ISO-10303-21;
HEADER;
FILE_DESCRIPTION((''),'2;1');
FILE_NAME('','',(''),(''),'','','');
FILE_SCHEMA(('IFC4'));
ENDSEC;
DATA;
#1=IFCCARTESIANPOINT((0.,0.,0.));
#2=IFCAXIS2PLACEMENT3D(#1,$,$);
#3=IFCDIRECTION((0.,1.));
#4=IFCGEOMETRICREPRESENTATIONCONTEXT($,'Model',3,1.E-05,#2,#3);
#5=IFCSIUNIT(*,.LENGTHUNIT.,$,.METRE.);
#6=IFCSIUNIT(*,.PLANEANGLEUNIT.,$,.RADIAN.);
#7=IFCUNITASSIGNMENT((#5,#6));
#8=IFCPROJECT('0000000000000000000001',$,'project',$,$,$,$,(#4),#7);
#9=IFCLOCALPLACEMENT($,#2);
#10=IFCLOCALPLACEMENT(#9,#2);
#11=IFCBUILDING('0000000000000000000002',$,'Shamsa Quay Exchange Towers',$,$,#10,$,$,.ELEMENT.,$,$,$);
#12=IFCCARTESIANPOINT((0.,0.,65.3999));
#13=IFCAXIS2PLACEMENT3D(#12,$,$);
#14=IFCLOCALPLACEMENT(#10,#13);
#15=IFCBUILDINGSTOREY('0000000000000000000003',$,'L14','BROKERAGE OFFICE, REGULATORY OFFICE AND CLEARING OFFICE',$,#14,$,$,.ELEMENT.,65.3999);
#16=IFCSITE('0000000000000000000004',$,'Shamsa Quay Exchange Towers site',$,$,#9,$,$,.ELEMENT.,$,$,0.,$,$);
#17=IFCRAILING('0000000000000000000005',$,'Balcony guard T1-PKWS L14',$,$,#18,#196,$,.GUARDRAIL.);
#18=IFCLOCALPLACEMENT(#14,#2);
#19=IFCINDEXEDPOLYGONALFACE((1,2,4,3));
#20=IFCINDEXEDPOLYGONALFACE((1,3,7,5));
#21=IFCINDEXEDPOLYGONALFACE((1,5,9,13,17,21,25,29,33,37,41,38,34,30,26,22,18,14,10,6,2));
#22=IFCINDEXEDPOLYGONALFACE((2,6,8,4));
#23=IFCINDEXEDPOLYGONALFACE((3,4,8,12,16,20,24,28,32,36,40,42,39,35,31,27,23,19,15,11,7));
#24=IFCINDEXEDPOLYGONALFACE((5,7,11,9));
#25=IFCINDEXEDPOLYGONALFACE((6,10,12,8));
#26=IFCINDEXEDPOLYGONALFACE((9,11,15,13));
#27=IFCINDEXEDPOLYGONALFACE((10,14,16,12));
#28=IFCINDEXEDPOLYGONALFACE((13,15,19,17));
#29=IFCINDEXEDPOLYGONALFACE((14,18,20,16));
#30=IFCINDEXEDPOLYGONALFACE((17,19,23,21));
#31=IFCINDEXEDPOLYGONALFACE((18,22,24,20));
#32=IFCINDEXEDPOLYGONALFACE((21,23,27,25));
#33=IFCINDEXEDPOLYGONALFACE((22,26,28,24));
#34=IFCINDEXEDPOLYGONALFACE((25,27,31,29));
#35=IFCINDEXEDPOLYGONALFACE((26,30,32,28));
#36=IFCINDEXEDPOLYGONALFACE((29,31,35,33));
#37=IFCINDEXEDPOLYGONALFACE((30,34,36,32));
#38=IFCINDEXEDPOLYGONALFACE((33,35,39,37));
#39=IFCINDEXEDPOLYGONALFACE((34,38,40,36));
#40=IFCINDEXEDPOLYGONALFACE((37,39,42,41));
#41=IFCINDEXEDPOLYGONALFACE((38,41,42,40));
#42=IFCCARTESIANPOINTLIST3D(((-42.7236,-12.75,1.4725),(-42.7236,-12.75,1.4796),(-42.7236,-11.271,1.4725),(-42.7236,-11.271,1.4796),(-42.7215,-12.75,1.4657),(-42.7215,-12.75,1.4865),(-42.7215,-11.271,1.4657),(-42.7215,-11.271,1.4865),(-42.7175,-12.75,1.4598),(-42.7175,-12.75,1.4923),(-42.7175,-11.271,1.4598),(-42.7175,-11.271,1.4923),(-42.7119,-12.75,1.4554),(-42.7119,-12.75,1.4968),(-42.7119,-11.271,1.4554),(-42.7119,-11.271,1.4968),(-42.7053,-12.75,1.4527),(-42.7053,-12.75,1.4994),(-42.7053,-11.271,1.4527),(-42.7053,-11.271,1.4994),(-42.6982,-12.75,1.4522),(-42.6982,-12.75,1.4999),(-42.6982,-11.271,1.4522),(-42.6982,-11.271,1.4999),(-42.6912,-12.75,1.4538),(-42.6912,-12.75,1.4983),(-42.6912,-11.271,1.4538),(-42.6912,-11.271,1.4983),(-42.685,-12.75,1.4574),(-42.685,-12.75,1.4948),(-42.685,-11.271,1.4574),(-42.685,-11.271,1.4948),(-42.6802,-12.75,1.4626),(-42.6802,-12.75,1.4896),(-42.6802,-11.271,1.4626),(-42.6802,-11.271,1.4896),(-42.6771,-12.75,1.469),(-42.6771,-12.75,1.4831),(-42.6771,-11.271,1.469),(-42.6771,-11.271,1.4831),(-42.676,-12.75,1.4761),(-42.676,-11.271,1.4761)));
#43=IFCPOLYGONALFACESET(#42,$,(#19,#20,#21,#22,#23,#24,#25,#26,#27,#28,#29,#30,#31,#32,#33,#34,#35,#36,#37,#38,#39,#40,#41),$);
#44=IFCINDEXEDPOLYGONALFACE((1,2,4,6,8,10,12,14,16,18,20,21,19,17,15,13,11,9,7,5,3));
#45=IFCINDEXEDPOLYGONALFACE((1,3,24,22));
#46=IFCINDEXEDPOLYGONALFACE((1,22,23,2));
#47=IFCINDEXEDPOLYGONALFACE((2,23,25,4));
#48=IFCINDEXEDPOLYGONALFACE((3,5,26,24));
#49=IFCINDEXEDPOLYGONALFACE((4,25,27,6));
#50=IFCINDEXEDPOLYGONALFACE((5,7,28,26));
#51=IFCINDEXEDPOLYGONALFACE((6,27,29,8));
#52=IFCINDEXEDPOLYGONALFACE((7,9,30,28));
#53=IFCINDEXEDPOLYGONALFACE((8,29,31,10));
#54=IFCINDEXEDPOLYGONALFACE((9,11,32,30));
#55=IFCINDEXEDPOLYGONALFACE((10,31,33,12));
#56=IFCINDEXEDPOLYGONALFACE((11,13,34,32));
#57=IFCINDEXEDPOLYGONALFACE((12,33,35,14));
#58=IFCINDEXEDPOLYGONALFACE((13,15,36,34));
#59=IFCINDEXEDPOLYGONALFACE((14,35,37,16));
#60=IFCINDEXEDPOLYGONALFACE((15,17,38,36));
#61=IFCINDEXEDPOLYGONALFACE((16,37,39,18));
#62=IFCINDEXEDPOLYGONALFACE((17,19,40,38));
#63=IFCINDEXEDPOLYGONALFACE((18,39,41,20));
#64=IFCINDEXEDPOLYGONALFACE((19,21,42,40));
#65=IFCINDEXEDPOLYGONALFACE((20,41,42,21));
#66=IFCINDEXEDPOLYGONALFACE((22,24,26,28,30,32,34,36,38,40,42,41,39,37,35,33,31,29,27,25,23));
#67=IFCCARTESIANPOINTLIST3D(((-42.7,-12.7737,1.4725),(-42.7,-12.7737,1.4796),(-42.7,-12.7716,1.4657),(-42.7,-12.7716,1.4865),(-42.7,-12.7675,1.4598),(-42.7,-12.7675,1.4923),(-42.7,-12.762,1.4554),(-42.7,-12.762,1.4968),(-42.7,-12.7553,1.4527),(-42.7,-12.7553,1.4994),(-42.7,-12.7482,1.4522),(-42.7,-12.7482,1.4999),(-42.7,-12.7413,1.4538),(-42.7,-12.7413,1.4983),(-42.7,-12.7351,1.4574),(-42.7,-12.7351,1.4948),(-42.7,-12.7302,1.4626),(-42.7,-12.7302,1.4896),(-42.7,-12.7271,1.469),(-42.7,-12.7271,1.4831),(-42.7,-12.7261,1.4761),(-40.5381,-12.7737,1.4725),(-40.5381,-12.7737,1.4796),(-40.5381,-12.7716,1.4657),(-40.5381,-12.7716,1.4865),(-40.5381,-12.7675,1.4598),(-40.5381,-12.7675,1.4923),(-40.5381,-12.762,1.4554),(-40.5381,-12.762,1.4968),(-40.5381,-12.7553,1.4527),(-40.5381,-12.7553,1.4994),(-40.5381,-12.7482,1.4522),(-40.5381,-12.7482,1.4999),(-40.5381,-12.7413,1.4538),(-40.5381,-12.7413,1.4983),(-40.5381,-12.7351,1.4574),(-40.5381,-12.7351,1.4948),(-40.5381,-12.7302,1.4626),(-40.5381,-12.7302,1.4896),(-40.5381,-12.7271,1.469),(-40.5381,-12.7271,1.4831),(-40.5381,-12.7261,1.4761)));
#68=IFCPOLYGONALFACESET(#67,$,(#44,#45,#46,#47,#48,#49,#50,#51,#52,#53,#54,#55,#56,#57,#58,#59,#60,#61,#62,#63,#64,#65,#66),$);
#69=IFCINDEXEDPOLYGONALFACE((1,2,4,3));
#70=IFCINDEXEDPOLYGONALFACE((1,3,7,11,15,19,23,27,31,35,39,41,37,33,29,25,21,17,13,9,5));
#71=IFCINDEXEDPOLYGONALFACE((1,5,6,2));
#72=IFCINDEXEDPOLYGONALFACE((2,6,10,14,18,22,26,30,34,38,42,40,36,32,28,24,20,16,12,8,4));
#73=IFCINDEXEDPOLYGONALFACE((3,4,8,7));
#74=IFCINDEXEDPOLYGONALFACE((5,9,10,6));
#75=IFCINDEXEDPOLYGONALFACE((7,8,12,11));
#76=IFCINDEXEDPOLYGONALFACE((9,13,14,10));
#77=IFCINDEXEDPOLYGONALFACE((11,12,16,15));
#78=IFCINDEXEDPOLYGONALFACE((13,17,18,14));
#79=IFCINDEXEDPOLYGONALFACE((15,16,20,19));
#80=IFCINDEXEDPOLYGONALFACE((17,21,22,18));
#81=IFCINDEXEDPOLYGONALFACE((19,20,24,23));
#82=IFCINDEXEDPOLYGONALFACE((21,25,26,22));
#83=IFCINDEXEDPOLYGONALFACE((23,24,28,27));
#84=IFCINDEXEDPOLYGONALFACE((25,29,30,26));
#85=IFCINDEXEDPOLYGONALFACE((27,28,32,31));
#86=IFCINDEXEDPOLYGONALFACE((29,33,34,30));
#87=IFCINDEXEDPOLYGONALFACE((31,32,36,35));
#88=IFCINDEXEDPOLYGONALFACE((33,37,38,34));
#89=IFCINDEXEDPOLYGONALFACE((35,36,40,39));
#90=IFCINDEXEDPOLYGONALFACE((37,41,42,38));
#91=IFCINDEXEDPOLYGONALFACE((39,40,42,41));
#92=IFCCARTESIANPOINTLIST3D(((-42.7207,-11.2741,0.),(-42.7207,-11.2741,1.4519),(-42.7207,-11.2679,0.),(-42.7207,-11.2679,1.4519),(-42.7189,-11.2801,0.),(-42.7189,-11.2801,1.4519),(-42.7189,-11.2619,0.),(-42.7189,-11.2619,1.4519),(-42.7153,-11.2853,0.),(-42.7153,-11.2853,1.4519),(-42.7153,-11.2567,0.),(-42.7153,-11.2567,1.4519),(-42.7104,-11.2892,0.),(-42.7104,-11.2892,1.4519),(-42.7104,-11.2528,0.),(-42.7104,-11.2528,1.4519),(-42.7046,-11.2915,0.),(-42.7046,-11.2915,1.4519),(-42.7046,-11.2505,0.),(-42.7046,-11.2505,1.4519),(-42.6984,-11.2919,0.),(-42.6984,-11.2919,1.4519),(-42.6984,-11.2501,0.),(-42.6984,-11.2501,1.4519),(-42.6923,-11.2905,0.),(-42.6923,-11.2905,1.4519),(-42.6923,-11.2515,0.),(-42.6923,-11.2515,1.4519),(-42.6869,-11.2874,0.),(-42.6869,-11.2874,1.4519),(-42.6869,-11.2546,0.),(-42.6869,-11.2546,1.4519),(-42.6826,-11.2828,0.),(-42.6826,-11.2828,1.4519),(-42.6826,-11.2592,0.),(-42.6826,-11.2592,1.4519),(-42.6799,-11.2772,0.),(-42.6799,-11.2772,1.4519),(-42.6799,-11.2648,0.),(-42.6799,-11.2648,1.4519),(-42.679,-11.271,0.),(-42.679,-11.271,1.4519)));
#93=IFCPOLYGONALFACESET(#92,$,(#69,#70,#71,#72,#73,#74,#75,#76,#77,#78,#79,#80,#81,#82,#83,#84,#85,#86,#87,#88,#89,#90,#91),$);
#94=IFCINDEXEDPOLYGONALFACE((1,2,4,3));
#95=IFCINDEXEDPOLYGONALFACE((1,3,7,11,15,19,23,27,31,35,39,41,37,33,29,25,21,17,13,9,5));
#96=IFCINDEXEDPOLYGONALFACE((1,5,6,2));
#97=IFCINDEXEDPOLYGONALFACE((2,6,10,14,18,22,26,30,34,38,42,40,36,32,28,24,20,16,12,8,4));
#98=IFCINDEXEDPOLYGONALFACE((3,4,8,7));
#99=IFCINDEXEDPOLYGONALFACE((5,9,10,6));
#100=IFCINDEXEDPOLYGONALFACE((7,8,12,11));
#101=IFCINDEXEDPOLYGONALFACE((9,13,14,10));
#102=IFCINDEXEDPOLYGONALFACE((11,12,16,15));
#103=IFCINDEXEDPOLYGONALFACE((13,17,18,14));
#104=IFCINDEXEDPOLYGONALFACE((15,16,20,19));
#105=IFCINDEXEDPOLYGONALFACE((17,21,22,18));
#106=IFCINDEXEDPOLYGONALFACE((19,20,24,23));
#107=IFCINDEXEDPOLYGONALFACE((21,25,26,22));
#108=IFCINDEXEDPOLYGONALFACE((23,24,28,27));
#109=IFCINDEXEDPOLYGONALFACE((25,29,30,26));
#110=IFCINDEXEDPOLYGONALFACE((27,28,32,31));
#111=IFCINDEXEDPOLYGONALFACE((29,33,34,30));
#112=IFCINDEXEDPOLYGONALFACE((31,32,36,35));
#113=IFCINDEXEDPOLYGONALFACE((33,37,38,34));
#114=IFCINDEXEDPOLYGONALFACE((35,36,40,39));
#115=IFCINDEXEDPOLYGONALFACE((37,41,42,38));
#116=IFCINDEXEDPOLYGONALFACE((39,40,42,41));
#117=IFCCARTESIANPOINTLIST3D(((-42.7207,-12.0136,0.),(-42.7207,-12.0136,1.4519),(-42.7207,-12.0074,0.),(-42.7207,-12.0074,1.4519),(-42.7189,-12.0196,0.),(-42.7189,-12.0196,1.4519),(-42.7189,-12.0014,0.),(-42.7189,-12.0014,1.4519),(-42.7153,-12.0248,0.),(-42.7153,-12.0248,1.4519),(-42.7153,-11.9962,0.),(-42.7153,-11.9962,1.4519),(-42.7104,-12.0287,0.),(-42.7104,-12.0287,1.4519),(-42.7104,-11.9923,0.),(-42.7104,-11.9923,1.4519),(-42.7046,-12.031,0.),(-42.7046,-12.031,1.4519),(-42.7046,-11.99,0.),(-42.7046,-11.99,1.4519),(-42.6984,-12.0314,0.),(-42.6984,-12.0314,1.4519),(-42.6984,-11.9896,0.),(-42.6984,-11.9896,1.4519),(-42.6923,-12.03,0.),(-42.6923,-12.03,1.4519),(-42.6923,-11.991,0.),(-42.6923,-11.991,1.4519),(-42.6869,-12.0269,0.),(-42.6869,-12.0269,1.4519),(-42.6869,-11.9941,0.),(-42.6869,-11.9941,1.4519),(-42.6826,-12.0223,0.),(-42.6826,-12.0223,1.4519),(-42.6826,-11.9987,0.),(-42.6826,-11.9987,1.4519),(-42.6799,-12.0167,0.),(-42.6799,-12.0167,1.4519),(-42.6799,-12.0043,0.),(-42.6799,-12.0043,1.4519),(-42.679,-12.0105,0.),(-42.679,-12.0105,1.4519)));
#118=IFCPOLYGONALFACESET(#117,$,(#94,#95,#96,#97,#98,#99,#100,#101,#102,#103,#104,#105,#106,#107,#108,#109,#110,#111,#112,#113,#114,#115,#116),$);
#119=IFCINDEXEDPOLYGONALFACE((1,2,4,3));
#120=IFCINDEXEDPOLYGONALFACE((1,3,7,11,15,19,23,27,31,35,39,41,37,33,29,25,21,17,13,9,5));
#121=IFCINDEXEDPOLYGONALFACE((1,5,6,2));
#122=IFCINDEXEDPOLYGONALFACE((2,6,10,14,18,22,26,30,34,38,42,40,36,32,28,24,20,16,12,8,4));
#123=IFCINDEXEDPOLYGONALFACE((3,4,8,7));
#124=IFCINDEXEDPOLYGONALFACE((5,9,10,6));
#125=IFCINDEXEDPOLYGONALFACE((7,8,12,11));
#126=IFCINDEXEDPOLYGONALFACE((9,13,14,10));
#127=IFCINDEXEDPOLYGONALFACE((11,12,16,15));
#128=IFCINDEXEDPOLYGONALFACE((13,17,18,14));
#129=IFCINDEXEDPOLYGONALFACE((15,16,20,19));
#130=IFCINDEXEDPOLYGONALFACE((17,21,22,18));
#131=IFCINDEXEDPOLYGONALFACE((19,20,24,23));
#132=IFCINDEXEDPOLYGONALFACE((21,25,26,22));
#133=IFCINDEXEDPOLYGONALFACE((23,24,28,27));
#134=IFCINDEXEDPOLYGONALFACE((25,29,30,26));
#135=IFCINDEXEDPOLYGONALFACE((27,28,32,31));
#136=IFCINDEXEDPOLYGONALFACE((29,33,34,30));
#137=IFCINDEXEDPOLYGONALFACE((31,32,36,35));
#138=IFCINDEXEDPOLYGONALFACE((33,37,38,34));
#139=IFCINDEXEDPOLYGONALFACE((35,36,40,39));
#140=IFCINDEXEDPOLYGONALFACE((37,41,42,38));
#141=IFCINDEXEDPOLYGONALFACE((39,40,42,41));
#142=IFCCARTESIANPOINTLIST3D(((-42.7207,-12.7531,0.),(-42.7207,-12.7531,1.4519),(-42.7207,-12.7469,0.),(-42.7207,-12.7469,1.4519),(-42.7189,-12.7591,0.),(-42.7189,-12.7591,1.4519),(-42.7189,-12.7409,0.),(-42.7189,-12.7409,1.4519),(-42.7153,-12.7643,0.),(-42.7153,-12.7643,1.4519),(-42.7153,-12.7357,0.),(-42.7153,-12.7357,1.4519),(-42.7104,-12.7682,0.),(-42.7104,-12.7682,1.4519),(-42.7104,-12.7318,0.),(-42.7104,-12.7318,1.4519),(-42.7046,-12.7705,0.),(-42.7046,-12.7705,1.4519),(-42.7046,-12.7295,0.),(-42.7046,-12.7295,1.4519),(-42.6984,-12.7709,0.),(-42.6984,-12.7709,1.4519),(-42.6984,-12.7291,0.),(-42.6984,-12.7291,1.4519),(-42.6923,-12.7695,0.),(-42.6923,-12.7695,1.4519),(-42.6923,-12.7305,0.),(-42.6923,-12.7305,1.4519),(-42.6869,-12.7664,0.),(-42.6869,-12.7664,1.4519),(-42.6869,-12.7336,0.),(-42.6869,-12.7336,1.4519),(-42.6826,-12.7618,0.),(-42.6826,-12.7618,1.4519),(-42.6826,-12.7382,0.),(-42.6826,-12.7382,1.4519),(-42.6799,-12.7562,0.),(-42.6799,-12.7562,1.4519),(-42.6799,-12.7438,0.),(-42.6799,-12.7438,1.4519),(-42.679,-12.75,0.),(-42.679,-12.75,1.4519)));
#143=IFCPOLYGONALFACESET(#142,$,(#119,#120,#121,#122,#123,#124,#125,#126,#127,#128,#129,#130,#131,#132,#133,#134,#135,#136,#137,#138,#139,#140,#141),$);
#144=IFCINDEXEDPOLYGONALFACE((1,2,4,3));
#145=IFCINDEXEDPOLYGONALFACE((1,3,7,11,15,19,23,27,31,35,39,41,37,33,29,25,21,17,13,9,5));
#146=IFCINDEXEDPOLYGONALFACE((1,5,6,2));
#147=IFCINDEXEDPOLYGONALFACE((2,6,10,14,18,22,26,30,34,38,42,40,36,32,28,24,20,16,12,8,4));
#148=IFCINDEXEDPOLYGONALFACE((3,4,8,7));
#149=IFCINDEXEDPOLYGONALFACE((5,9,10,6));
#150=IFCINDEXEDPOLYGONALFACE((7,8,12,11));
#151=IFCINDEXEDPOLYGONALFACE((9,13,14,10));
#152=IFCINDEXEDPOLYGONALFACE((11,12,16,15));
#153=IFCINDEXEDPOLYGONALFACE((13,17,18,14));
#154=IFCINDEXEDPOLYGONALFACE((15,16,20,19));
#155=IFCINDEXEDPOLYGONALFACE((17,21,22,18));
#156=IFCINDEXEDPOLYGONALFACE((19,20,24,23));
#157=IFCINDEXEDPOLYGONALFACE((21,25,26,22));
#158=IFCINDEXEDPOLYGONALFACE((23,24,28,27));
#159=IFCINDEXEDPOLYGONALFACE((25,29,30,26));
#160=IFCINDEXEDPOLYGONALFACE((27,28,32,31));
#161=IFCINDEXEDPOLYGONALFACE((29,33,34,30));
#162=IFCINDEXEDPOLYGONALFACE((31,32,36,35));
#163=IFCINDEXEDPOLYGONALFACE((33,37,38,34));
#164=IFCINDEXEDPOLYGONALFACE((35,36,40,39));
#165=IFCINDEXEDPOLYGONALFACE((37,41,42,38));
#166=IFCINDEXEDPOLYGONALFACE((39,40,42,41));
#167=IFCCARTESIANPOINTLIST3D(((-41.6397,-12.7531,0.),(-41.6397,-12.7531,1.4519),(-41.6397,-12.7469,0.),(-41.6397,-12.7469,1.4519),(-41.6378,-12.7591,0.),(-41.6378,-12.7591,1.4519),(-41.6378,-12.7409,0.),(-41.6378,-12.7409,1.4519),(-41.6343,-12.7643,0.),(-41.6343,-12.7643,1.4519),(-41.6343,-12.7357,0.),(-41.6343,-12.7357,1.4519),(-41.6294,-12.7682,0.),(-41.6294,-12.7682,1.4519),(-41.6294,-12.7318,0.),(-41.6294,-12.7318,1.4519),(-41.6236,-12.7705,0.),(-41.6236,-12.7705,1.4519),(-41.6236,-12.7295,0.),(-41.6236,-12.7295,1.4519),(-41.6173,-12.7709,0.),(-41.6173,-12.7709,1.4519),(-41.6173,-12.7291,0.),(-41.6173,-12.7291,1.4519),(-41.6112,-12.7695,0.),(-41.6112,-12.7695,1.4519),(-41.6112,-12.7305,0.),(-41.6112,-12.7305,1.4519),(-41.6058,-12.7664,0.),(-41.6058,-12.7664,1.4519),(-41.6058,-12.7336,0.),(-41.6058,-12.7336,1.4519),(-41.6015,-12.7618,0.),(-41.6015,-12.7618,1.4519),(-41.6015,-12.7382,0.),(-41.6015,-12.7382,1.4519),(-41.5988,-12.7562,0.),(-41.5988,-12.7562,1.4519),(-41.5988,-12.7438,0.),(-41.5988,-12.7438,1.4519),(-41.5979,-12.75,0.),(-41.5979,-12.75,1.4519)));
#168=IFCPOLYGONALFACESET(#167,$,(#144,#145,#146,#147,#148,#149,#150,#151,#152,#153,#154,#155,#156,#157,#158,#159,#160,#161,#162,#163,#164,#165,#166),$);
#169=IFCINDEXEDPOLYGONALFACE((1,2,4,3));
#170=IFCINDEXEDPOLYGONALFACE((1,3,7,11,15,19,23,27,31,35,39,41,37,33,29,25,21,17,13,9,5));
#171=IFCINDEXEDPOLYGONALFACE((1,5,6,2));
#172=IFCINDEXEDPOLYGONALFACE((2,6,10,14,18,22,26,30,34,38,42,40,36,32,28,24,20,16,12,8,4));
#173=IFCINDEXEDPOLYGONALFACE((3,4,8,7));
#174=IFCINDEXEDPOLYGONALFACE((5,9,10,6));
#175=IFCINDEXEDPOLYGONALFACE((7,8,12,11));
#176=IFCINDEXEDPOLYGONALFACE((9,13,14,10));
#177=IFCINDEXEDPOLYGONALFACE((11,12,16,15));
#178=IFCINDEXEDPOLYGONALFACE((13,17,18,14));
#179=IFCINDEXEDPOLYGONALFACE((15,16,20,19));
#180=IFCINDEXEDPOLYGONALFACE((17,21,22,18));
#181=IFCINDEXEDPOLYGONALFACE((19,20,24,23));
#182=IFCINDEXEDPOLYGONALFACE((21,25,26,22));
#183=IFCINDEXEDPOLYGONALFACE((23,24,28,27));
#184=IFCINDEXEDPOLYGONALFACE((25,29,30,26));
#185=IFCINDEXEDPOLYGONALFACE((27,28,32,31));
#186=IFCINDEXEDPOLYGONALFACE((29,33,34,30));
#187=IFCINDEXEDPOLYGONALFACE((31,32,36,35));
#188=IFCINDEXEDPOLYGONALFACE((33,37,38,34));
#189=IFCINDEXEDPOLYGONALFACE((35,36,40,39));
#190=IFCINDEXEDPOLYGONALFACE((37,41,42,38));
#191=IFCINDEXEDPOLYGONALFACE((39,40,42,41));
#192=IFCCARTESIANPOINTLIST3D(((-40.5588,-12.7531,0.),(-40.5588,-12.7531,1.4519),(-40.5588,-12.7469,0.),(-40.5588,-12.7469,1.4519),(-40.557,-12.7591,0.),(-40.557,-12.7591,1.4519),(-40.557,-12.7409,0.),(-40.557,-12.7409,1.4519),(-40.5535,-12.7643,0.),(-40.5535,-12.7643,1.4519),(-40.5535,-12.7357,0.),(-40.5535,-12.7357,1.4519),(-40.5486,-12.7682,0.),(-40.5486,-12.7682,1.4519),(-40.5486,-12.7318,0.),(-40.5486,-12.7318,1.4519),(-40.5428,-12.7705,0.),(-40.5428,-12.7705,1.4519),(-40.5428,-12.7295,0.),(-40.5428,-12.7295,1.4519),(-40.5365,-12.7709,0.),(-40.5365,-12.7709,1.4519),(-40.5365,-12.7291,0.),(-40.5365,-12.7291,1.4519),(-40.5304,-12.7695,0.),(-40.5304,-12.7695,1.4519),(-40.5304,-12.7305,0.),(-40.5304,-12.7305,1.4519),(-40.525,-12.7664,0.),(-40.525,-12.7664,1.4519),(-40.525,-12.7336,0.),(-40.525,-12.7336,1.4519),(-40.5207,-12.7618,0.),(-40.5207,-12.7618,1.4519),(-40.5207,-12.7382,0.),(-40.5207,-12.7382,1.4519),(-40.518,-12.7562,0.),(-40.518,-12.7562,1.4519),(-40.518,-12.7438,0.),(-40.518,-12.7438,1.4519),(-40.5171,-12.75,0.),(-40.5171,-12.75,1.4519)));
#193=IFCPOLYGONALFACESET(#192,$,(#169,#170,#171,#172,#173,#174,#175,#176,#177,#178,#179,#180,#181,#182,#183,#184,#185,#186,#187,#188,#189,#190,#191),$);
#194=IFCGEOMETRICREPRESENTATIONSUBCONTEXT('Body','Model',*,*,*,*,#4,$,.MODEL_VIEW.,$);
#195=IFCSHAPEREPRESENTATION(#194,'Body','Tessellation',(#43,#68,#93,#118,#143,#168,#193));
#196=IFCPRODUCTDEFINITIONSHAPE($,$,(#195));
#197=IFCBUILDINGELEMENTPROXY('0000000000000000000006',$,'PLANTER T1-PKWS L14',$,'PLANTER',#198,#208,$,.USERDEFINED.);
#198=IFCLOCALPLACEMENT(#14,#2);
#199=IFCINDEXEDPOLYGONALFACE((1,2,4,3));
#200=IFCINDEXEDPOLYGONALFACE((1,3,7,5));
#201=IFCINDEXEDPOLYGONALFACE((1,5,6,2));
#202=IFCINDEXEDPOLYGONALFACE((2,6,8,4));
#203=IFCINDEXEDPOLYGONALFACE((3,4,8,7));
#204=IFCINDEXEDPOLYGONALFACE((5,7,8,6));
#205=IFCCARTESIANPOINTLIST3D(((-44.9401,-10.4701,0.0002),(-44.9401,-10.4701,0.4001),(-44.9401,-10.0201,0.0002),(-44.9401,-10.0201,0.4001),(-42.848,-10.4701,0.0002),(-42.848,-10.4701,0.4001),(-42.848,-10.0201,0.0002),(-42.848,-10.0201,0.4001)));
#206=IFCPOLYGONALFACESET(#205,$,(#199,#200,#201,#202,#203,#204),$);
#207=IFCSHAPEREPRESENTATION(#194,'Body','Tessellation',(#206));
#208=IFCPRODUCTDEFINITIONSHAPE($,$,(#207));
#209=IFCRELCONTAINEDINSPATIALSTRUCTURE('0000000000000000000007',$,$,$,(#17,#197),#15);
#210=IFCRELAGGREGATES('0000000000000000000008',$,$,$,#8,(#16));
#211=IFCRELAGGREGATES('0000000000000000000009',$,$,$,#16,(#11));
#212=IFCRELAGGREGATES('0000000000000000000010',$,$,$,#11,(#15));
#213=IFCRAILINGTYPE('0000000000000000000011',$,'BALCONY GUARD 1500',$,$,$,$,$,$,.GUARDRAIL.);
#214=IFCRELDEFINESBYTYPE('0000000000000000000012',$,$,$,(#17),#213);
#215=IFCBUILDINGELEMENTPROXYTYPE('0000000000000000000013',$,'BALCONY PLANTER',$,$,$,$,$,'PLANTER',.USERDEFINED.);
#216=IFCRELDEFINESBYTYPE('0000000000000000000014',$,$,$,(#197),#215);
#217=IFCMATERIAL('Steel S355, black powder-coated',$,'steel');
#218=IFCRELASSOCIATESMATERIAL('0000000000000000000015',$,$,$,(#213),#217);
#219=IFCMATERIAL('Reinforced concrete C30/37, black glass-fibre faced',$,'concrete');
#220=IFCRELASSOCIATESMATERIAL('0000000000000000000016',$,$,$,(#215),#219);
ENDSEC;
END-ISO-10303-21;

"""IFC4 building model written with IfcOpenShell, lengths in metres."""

from ifc_helpers import new_model, si_unit, direction, frame, origin, origin_2d, place, context, subcontext, project, spatial, rectangle, circle, extrude, material, type_object, element, save


model = new_model("IFC4")

# Units and contexts
model_context = context("Model", 3, precision=1e-05, world=origin(), true_north=direction((0.0, 1.0)))
body_context = subcontext(model_context, "Body", "Model", "MODEL_VIEW")
ifc_project = project(units=[si_unit("LENGTHUNIT", "METRE"), si_unit("PLANEANGLEUNIT", "RADIAN")], contexts=[model_context])

# Site, building, storey
site_placement = place(None, origin())
site = spatial("IfcSite", under=ifc_project, at=site_placement, Name="Shamsa Quay Exchange Towers site", CompositionType="ELEMENT", RefElevation=0.0)
building_placement = place(site_placement, origin())
building = spatial("IfcBuilding", under=site, at=building_placement, Name="Shamsa Quay Exchange Towers", CompositionType="ELEMENT")
storey_placement = place(building_placement, frame((0.0, 0.0, 65.3999)))
storey = spatial("IfcBuildingStorey", under=building, at=storey_placement, Name="L14", Description="BROKERAGE OFFICE, REGULATORY OFFICE AND CLEARING OFFICE", CompositionType="ELEMENT", Elevation=65.3999)

# Railing
ifc_material_1 = material(Name="Steel S355, black powder-coated", Category="steel")
railing_type_1 = type_object("IfcRailingType", Name="BALCONY GUARD 1500", PredefinedType="GUARDRAIL", material=ifc_material_1)
for number, where, name in (
    (1, (-42.7, -11.271, 0.0), "Balcony guard T1-PKWS L14"),
):
    element("IfcRailing", number, at=place(storey_placement, frame(where)), inside=storey, type_object=railing_type_1, Name=name, PredefinedType="GUARDRAIL", context=body_context, shape_type="SweptSolid", body=[
        extrude(circle(Radius=0.0239, at=origin_2d()), frame((0.0, 0.0, 1.4761), z_axis=(0.0, -1.0, 0.0), x_axis=(1.0, 0.0, 0.0)), (0.0, 0.0, 1.0), 1.479),
        extrude(circle(Radius=0.0239, at=origin_2d()), frame((0.0, -1.479, 1.4761), z_axis=(1.0, 0.0, 0.0), x_axis=(0.0, 1.0, 0.0)), (0.0, 0.0, 1.0), 2.1619),
        extrude(circle(Radius=0.021, at=origin_2d()), origin(), (0.0, 0.0, 1.0), 1.4519),
        extrude(circle(Radius=0.021, at=origin_2d()), frame((0.0, -0.7395, 0.0)), (0.0, 0.0, 1.0), 1.4519),
        extrude(circle(Radius=0.021, at=origin_2d()), frame((0.0, -1.479, 0.0)), (0.0, 0.0, 1.0), 1.4519),
        extrude(circle(Radius=0.021, at=origin_2d()), frame((1.0811, -1.479, 0.0)), (0.0, 0.0, 1.0), 1.4519),
        extrude(circle(Radius=0.021, at=origin_2d()), frame((2.1619, -1.479, 0.0)), (0.0, 0.0, 1.0), 1.4519),
    ])

# Building element proxy
ifc_material_2 = material(Name="Reinforced concrete C30/37, black glass-fibre faced", Category="concrete")
building_element_proxy_type = type_object("IfcBuildingElementProxyType", Name="BALCONY PLANTER", ElementType="PLANTER", PredefinedType="USERDEFINED", material=ifc_material_2)
proxy_placement = place(storey_placement, frame((-43.894, -10.2451, 0.0002)))
element("IfcBuildingElementProxy", 2, at=proxy_placement, inside=storey, type_object=building_element_proxy_type, Name="PLANTER T1-PKWS L14", ObjectType="PLANTER", PredefinedType="USERDEFINED", context=body_context, shape_type="SweptSolid", body=[
    extrude(rectangle(XDim=2.092, YDim=0.45, at=origin_2d()), origin(), (0.0, 0.0, 1.0), 0.3999),
])

save(model, "model.ifc")
